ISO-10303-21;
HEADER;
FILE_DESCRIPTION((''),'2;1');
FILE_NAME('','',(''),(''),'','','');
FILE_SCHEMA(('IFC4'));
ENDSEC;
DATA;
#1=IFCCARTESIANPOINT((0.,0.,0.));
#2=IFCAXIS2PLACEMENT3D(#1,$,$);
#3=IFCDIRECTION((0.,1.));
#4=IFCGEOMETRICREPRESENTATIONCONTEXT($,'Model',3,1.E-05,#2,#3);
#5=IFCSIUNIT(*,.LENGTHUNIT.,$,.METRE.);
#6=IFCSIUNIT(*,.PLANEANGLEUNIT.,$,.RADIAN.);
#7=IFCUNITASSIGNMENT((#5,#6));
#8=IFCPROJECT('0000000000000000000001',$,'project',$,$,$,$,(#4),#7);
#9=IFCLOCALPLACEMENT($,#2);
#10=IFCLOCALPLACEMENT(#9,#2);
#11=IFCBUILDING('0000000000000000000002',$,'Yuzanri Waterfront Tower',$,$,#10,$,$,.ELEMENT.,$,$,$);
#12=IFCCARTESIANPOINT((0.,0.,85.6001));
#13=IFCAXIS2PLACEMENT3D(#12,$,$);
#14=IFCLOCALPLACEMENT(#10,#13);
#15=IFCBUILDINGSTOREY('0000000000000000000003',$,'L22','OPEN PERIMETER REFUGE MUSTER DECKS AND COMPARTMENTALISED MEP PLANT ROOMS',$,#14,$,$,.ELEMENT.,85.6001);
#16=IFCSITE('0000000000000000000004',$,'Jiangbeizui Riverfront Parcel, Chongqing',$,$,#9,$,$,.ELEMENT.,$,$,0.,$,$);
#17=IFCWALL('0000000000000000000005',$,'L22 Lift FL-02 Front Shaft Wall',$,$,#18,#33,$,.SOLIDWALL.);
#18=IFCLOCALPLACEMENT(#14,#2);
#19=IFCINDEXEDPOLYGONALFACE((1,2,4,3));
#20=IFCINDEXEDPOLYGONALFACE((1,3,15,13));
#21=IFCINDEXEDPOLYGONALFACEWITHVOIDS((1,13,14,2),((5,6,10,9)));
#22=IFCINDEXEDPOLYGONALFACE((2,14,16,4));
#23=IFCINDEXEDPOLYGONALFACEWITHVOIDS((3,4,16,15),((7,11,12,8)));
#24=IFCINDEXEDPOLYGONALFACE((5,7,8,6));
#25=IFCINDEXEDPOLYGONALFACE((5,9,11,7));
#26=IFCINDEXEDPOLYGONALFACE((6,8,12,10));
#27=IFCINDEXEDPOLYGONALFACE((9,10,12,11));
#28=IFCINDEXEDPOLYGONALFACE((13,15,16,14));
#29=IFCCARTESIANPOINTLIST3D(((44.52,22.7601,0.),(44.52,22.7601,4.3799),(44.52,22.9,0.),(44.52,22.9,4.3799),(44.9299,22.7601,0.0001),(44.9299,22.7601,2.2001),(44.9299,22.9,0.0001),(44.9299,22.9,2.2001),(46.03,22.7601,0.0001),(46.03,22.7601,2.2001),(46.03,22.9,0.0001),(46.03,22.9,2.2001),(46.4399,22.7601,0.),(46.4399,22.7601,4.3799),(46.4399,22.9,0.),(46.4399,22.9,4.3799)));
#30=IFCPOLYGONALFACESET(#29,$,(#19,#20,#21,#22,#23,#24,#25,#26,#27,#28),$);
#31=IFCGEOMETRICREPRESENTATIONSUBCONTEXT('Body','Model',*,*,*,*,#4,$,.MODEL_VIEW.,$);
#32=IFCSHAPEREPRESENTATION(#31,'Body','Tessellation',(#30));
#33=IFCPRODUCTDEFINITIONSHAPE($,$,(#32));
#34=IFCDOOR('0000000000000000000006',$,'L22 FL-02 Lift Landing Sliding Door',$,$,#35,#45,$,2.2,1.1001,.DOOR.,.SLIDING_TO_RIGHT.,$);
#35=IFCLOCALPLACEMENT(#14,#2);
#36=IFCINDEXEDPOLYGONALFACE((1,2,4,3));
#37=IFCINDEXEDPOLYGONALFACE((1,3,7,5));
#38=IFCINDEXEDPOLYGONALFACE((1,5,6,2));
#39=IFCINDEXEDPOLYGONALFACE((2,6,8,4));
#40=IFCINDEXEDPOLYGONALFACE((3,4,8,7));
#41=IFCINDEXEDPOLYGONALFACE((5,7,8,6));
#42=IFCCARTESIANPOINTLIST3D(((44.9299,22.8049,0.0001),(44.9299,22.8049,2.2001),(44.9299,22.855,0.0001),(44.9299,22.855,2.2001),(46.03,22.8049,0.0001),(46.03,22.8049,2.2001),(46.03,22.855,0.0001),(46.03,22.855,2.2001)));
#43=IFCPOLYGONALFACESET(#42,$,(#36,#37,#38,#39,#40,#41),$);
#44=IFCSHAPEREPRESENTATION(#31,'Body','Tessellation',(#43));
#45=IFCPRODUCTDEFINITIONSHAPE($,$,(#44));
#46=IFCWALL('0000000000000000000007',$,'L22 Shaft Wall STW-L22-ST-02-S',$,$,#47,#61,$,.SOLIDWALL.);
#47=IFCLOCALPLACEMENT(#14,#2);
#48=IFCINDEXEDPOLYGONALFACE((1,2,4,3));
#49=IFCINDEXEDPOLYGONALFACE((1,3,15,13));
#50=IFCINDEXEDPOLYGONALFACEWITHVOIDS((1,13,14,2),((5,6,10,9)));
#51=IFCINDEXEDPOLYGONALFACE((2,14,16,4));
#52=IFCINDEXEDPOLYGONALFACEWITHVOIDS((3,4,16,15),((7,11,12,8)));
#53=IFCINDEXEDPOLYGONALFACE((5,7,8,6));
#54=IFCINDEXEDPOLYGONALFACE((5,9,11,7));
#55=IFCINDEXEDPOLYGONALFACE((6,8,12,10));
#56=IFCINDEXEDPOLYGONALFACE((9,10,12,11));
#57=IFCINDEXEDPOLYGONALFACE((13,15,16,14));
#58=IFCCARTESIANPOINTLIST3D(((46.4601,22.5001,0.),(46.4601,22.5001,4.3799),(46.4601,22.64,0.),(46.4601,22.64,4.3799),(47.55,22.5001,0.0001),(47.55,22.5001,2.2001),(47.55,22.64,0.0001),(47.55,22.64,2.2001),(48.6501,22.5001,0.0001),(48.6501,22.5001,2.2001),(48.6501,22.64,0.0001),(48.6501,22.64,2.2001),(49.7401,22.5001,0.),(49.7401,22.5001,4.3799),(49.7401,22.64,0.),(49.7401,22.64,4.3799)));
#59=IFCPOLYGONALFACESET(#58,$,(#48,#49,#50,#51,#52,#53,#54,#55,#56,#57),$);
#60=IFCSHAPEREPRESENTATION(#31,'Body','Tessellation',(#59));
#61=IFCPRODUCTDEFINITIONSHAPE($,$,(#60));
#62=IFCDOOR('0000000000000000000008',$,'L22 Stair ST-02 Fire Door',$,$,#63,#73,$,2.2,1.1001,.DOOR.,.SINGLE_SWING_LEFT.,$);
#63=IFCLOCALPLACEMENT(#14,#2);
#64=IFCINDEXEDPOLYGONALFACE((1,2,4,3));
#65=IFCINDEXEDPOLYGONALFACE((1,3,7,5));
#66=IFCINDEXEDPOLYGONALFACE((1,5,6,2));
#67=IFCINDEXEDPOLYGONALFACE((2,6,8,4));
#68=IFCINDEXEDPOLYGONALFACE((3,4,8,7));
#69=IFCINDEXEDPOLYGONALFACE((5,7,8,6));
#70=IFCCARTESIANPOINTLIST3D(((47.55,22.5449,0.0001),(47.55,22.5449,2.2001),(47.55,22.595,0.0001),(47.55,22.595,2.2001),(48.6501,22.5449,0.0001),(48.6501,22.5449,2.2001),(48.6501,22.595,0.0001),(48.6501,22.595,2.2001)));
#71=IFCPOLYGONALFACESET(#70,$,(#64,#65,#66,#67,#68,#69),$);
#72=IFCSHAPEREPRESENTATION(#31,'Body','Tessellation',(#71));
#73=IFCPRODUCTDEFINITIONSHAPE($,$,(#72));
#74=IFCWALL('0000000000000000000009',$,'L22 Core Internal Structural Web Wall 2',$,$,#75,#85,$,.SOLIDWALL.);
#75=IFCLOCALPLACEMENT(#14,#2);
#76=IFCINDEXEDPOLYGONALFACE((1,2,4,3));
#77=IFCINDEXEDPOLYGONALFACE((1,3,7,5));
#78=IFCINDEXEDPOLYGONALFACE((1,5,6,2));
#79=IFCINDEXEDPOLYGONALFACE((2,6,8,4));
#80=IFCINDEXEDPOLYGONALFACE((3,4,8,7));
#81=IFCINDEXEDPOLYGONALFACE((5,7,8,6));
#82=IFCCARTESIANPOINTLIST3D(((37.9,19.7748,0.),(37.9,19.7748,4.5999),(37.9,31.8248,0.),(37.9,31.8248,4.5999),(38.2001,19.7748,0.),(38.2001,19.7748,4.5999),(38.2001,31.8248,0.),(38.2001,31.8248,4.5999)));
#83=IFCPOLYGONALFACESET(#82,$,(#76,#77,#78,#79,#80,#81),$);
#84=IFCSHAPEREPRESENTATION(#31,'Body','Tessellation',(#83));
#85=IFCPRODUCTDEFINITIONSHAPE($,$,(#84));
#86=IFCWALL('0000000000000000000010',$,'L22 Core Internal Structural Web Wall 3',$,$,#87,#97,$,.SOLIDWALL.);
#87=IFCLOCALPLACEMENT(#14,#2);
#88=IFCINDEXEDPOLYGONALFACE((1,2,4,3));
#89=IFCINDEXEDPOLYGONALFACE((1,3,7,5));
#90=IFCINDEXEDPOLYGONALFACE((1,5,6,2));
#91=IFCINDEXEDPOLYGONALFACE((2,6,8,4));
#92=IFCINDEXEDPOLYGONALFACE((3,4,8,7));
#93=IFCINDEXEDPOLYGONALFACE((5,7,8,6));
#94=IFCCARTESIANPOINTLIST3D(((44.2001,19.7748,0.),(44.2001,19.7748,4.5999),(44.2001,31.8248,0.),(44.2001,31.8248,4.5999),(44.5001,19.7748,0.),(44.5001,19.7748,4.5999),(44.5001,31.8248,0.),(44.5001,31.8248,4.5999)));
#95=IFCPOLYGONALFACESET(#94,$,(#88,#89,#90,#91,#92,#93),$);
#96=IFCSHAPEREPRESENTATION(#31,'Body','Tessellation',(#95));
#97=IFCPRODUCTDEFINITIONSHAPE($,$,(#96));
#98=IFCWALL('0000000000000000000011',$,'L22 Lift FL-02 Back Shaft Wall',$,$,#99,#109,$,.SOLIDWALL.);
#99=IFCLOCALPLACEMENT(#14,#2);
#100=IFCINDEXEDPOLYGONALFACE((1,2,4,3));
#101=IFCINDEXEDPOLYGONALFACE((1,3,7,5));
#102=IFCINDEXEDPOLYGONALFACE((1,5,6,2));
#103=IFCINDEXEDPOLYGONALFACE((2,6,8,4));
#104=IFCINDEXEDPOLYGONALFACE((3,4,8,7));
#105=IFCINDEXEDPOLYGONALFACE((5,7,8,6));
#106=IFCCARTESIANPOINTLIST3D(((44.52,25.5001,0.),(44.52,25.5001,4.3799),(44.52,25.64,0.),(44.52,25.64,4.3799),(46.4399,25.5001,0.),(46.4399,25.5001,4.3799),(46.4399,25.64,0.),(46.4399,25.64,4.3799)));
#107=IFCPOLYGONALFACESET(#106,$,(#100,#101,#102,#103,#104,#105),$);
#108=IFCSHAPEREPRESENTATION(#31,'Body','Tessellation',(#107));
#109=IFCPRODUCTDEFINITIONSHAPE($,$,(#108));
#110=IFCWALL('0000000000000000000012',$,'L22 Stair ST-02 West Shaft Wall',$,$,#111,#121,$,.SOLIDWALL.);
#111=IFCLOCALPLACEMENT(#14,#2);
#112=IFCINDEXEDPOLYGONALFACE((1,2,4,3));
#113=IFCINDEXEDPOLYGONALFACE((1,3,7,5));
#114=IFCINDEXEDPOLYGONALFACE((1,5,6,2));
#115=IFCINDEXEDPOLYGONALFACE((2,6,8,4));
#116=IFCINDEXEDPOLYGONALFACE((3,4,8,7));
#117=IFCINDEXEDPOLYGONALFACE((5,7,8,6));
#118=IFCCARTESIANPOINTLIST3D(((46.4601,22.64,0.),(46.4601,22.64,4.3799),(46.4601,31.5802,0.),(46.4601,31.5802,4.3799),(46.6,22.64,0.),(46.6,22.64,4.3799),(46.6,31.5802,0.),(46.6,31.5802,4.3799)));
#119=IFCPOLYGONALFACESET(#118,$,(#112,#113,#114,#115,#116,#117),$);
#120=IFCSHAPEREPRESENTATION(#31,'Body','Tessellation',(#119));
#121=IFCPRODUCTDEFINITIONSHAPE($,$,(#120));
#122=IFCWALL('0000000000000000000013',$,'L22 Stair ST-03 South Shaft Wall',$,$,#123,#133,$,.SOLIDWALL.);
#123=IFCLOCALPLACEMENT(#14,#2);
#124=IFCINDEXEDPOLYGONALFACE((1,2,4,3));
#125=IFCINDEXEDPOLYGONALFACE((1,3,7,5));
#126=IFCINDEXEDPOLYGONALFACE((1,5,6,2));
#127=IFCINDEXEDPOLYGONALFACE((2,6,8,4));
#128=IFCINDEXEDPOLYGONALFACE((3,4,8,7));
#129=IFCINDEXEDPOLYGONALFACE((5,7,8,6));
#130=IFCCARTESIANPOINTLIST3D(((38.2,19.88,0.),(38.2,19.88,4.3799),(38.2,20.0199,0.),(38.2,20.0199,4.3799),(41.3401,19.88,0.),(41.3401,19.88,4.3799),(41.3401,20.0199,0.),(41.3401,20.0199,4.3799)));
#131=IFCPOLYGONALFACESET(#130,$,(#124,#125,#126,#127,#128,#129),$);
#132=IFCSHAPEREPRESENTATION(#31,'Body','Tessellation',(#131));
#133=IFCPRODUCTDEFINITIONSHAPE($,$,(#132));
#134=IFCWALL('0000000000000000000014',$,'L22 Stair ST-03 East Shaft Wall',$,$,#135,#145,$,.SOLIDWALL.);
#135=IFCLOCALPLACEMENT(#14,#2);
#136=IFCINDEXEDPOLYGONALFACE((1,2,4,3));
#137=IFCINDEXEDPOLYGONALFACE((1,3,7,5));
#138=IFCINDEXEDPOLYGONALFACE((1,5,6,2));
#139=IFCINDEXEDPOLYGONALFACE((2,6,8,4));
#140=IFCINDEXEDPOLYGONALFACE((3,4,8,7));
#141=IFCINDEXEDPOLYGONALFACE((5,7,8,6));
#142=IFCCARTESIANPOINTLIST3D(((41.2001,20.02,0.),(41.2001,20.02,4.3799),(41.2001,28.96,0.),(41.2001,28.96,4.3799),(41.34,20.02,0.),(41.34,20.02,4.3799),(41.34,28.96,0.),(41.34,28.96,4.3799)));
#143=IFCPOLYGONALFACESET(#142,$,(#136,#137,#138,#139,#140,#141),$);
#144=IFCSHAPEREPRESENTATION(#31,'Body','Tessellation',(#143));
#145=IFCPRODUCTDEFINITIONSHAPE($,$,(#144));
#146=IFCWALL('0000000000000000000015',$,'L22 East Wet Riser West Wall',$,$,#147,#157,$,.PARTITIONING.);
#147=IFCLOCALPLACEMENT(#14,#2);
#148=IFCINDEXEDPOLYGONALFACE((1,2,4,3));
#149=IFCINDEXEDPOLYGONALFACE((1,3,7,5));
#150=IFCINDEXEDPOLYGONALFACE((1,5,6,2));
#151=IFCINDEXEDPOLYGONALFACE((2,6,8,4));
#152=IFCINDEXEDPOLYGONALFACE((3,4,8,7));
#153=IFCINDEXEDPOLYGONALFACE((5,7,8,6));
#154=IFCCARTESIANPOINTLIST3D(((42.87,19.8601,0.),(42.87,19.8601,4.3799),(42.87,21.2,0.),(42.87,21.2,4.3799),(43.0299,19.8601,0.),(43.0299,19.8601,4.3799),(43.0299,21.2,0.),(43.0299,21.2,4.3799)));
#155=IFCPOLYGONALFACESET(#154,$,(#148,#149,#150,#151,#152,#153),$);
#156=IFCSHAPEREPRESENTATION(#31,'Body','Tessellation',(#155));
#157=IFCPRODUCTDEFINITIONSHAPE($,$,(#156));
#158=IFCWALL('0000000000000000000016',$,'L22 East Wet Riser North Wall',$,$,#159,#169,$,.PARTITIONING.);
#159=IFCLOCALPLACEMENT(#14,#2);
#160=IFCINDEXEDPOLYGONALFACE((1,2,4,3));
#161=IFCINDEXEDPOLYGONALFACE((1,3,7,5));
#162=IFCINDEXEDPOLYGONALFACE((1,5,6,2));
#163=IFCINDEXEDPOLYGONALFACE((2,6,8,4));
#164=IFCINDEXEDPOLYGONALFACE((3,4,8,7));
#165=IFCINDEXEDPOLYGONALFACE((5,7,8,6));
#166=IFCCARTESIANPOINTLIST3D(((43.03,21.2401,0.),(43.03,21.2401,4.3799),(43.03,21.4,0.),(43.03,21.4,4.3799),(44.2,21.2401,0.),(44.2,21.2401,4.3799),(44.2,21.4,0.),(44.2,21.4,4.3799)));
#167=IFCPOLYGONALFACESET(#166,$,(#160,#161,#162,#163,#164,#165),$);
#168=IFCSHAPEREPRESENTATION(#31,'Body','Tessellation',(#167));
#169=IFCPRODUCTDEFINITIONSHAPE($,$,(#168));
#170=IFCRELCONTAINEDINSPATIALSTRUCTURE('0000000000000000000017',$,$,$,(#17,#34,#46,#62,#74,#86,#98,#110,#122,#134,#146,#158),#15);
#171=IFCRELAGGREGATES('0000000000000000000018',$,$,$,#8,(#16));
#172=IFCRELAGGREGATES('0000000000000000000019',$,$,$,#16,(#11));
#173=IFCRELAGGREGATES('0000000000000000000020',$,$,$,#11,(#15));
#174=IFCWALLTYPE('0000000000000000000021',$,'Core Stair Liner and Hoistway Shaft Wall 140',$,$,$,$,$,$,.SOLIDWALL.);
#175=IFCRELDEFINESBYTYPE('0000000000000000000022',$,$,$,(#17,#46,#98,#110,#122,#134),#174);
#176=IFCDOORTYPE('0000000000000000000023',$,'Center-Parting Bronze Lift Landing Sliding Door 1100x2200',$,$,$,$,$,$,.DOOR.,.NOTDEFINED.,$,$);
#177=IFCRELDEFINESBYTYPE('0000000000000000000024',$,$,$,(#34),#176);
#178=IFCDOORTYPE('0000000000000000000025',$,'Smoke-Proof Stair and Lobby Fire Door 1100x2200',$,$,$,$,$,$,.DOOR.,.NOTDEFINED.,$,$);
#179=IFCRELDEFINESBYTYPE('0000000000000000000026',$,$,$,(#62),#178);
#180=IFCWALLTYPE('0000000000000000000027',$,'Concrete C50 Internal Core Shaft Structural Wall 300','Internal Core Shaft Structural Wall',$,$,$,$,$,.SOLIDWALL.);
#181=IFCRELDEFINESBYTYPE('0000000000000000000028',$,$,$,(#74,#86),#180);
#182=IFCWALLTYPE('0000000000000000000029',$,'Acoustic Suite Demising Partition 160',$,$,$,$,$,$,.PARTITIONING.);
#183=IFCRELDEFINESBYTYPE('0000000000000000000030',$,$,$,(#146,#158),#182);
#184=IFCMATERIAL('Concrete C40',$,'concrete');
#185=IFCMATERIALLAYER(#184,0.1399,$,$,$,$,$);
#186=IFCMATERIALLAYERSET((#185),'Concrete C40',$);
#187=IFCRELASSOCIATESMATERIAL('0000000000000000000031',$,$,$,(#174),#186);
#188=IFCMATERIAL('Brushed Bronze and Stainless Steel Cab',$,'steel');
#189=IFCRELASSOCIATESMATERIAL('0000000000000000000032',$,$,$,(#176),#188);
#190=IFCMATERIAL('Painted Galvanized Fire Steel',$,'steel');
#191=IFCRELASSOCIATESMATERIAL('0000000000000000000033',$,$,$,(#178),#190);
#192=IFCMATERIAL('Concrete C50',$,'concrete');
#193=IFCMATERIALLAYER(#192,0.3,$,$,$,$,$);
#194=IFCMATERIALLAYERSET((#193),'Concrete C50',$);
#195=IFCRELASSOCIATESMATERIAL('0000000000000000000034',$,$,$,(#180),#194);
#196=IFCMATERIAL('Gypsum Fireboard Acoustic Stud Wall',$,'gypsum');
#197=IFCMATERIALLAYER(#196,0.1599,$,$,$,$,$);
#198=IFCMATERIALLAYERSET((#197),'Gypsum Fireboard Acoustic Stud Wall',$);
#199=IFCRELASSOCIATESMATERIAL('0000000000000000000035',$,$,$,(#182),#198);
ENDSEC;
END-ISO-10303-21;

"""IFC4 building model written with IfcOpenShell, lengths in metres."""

from ifc_helpers import new_model, si_unit, direction, frame, frame_2d, origin, place, context, subcontext, project, spatial, rectangle, extrude, source, transform, mapped, material, layer, layer_set, type_object, element, fill, save


model = new_model("IFC4")

# Units and contexts
model_context = context("Model", 3, precision=1e-05, world=origin(), true_north=direction((0.0, 1.0)))
body_context = subcontext(model_context, "Body", "Model", "MODEL_VIEW")
ifc_project = project(units=[si_unit("LENGTHUNIT", "METRE"), si_unit("PLANEANGLEUNIT", "RADIAN")], contexts=[model_context])

# Site, building, storey
site_placement = place(None, origin())
site = spatial("IfcSite", under=ifc_project, at=site_placement, Name="Jiangbeizui Riverfront Parcel, Chongqing", CompositionType="ELEMENT", RefElevation=0.0)
building_placement = place(site_placement, origin())
building = spatial("IfcBuilding", under=site, at=building_placement, Name="Yuzanri Waterfront Tower", CompositionType="ELEMENT")
storey_placement = place(building_placement, frame((0.0, 0.0, 85.6001)))
storey = spatial("IfcBuildingStorey", under=building, at=storey_placement, Name="L22", Description="OPEN PERIMETER REFUGE MUSTER DECKS AND COMPARTMENTALISED MEP PLANT ROOMS", CompositionType="ELEMENT", Elevation=85.6001)

# Walls, openings, doors
ifc_material_1 = material(Name="Concrete C40", Category="concrete")
ifc_layer_1 = layer(ifc_material_1, 0.1399)
ifc_layer_set_1 = layer_set([ifc_layer_1], Name="Concrete C40")
wall_type_1 = type_object("IfcWallType", Name="Core Stair Liner and Hoistway Shaft Wall 140", PredefinedType="SOLIDWALL", material=ifc_layer_set_1)
wall_1_placement = place(storey_placement, frame((44.52, 22.8301, 0.0), z_axis=(0.0, 0.0, 1.0), x_axis=(1.0, 0.0, 0.0)))
wall_1 = element("IfcWall", 1, at=wall_1_placement, inside=storey, type_object=wall_type_1, Name="L22 Lift FL-02 Front Shaft Wall", PredefinedType="SOLIDWALL", context=body_context, shape_type="SweptSolid", body=[
    extrude(rectangle(XDim=1.9199, YDim=0.1399, at=frame_2d((0.96, 0.0))), origin(), (0.0, 0.0, 1.0), 4.3799),
])
opening_1_placement = place(wall_1_placement, frame((0.4099, 0.0, 0.0)))
opening_1 = element("IfcOpeningElement", 2, at=opening_1_placement, cuts=wall_1, PredefinedType="OPENING", context=body_context, shape_type="SweptSolid", body=[
    extrude(rectangle(XDim=1.1001, YDim=2.2, at=frame_2d((0.55, 1.1001))), frame((0.0, 0.085, 0.0), z_axis=(0.0, -1.0, 0.0), x_axis=(1.0, 0.0, 0.0)), (0.0, 0.0, 1.0), 0.1697),
])
ifc_material_2 = material(Name="Brushed Bronze and Stainless Steel Cab", Category="steel")
door_type_1 = type_object("IfcDoorType", Name="Center-Parting Bronze Lift Landing Sliding Door 1100x2200", OperationType="NOTDEFINED", PredefinedType="DOOR", material=ifc_material_2)
shared_shape_1 = source(origin(), body_context, "Body", "SweptSolid", [
    extrude(rectangle(XDim=1.1001, YDim=2.2, at=frame_2d((0.55, 1.1001))), frame((0.0, 0.0249, 0.0), z_axis=(0.0, -1.0, 0.0), x_axis=(1.0, 0.0, 0.0)), (0.0, 0.0, 1.0), 0.05),
])
door_1_placement = place(opening_1_placement, origin())
door_1 = element("IfcDoor", 3, at=door_1_placement, inside=storey, type_object=door_type_1, Name="L22 FL-02 Lift Landing Sliding Door", OperationType="SLIDING_TO_RIGHT", OverallHeight=2.2, OverallWidth=1.1001, PredefinedType="DOOR", context=body_context, shape_type="MappedRepresentation", body=[
    mapped(shared_shape_1, transform((0.0, 0.0, 0.0), scale=1.0)),
])
fill(opening_1, door_1)
wall_2_placement = place(storey_placement, frame((46.46, 22.5701, 0.0), z_axis=(0.0, 0.0, 1.0), x_axis=(1.0, 0.0, 0.0)))
wall_2 = element("IfcWall", 4, at=wall_2_placement, inside=storey, type_object=wall_type_1, Name="L22 Shaft Wall STW-L22-ST-02-S", PredefinedType="SOLIDWALL", context=body_context, shape_type="SweptSolid", body=[
    extrude(rectangle(XDim=3.28, YDim=0.1399, at=frame_2d((1.6401, 0.0))), origin(), (0.0, 0.0, 1.0), 4.3799),
])
opening_2_placement = place(wall_2_placement, frame((1.0901, 0.0, 0.0)))
opening_2 = element("IfcOpeningElement", 5, at=opening_2_placement, cuts=wall_2, PredefinedType="OPENING", context=body_context, shape_type="SweptSolid", body=[
    extrude(rectangle(XDim=1.1001, YDim=2.2, at=frame_2d((0.55, 1.1001))), frame((0.0, 0.085, 0.0), z_axis=(0.0, -1.0, 0.0), x_axis=(1.0, 0.0, 0.0)), (0.0, 0.0, 1.0), 0.1697),
])
ifc_material_3 = material(Name="Painted Galvanized Fire Steel", Category="steel")
door_type_2 = type_object("IfcDoorType", Name="Smoke-Proof Stair and Lobby Fire Door 1100x2200", OperationType="NOTDEFINED", PredefinedType="DOOR", material=ifc_material_3)
shared_shape_2 = source(origin(), body_context, "Body", "SweptSolid", [
    extrude(rectangle(XDim=1.1001, YDim=2.2, at=frame_2d((0.55, 1.1001))), frame((0.0, 0.0249, 0.0), z_axis=(0.0, -1.0, 0.0), x_axis=(1.0, 0.0, 0.0)), (0.0, 0.0, 1.0), 0.05),
])
door_2_placement = place(opening_2_placement, origin())
door_2 = element("IfcDoor", 6, at=door_2_placement, inside=storey, type_object=door_type_2, Name="L22 Stair ST-02 Fire Door", OperationType="SINGLE_SWING_LEFT", OverallHeight=2.2, OverallWidth=1.1001, PredefinedType="DOOR", context=body_context, shape_type="MappedRepresentation", body=[
    mapped(shared_shape_2, transform((0.0, 0.0, 0.0), scale=1.0)),
])
fill(opening_2, door_2)

# Walls
ifc_material_4 = material(Name="Concrete C50", Category="concrete")
ifc_layer_2 = layer(ifc_material_4, 0.3)
ifc_layer_set_2 = layer_set([ifc_layer_2], Name="Concrete C50")
wall_type_2 = type_object("IfcWallType", Name="Concrete C50 Internal Core Shaft Structural Wall 300", Description="Internal Core Shaft Structural Wall", PredefinedType="SOLIDWALL", material=ifc_layer_set_2)
shared_shape_3 = source(origin(), body_context, "Body", "SweptSolid", [
    extrude(rectangle(XDim=12.05, YDim=0.3, at=frame_2d((6.0249, 0.0))), origin(), (0.0, 0.0, 1.0), 4.5999),
])
for number, where, z_axis, x_axis, name in (
    (7, (38.05, 19.7749, 0.0), (0.0, 0.0, 1.0), (0.0, 1.0, 0.0), "L22 Core Internal Structural Web Wall 2"),
    (8, (44.3501, 19.7749, 0.0), (0.0, 0.0, 1.0), (0.0, 1.0, 0.0), "L22 Core Internal Structural Web Wall 3"),
):
    element("IfcWall", number, at=place(storey_placement, frame(where, z_axis=z_axis, x_axis=x_axis)), inside=storey, type_object=wall_type_2, Name=name, PredefinedType="SOLIDWALL", context=body_context, shape_type="MappedRepresentation", body=[
        mapped(shared_shape_3, transform((0.0, 0.0, 0.0), scale=1.0)),
    ])
shared_shape_4 = source(origin(), body_context, "Body", "SweptSolid", [
    extrude(rectangle(XDim=1.9199, YDim=0.1399, at=frame_2d((0.96, 0.0))), origin(), (0.0, 0.0, 1.0), 4.3799),
])
wall_3_placement = place(storey_placement, frame((44.52, 25.5701, 0.0), z_axis=(0.0, 0.0, 1.0), x_axis=(1.0, 0.0, 0.0)))
element("IfcWall", 9, at=wall_3_placement, inside=storey, type_object=wall_type_1, Name="L22 Lift FL-02 Back Shaft Wall", PredefinedType="SOLIDWALL", context=body_context, shape_type="MappedRepresentation", body=[
    mapped(shared_shape_4, transform((0.0, 0.0, 0.0), scale=1.0)),
])
shared_shape_5 = source(origin(), body_context, "Body", "SweptSolid", [
    extrude(rectangle(XDim=8.9402, YDim=0.1399, at=frame_2d((4.4702, 0.0))), origin(), (0.0, 0.0, 1.0), 4.3799),
])
wall_4_placement = place(storey_placement, frame((46.53, 22.6399, 0.0), z_axis=(0.0, 0.0, 1.0), x_axis=(0.0, 1.0, 0.0)))
element("IfcWall", 10, at=wall_4_placement, inside=storey, type_object=wall_type_1, Name="L22 Stair ST-02 West Shaft Wall", PredefinedType="SOLIDWALL", context=body_context, shape_type="MappedRepresentation", body=[
    mapped(shared_shape_5, transform((0.0, 0.0, 0.0), scale=1.0)),
])
shared_shape_6 = source(origin(), body_context, "Body", "SweptSolid", [
    extrude(rectangle(XDim=3.1401, YDim=0.1399, at=frame_2d((1.5701, 0.0))), origin(), (0.0, 0.0, 1.0), 4.3799),
])
wall_5_placement = place(storey_placement, frame((38.2, 19.95, 0.0), z_axis=(0.0, 0.0, 1.0), x_axis=(1.0, 0.0, 0.0)))
element("IfcWall", 11, at=wall_5_placement, inside=storey, type_object=wall_type_1, Name="L22 Stair ST-03 South Shaft Wall", PredefinedType="SOLIDWALL", context=body_context, shape_type="MappedRepresentation", body=[
    mapped(shared_shape_6, transform((0.0, 0.0, 0.0), scale=1.0)),
])
shared_shape_7 = source(origin(), body_context, "Body", "SweptSolid", [
    extrude(rectangle(XDim=8.9399, YDim=0.1399, at=frame_2d((4.47, 0.0))), origin(), (0.0, 0.0, 1.0), 4.3799),
])
wall_6_placement = place(storey_placement, frame((41.27, 20.02, 0.0), z_axis=(0.0, 0.0, 1.0), x_axis=(0.0, 1.0, 0.0)))
element("IfcWall", 12, at=wall_6_placement, inside=storey, type_object=wall_type_1, Name="L22 Stair ST-03 East Shaft Wall", PredefinedType="SOLIDWALL", context=body_context, shape_type="MappedRepresentation", body=[
    mapped(shared_shape_7, transform((0.0, 0.0, 0.0), scale=1.0)),
])
ifc_material_5 = material(Name="Gypsum Fireboard Acoustic Stud Wall", Category="gypsum")
ifc_layer_3 = layer(ifc_material_5, 0.1599)
ifc_layer_set_3 = layer_set([ifc_layer_3], Name="Gypsum Fireboard Acoustic Stud Wall")
wall_type_3 = type_object("IfcWallType", Name="Acoustic Suite Demising Partition 160", PredefinedType="PARTITIONING", material=ifc_layer_set_3)
shared_shape_8 = source(origin(), body_context, "Body", "SweptSolid", [
    extrude(rectangle(XDim=1.3398, YDim=0.1599, at=frame_2d((0.6699, 0.0))), origin(), (0.0, 0.0, 1.0), 4.3799),
])
wall_7_placement = place(storey_placement, frame((42.95, 19.8601, 0.0), z_axis=(0.0, 0.0, 1.0), x_axis=(0.0, 1.0, 0.0)))
element("IfcWall", 13, at=wall_7_placement, inside=storey, type_object=wall_type_3, Name="L22 East Wet Riser West Wall", PredefinedType="PARTITIONING", context=body_context, shape_type="MappedRepresentation", body=[
    mapped(shared_shape_8, transform((0.0, 0.0, 0.0), scale=1.0)),
])
shared_shape_9 = source(origin(), body_context, "Body", "SweptSolid", [
    extrude(rectangle(XDim=1.1699, YDim=0.1599, at=frame_2d((0.585, 0.0))), origin(), (0.0, 0.0, 1.0), 4.3799),
])
wall_8_placement = place(storey_placement, frame((43.03, 21.3201, 0.0), z_axis=(0.0, 0.0, 1.0), x_axis=(1.0, 0.0, 0.0)))
element("IfcWall", 14, at=wall_8_placement, inside=storey, type_object=wall_type_3, Name="L22 East Wet Riser North Wall", PredefinedType="PARTITIONING", context=body_context, shape_type="MappedRepresentation", body=[
    mapped(shared_shape_9, transform((0.0, 0.0, 0.0), scale=1.0)),
])

save(model, "model.ifc")
